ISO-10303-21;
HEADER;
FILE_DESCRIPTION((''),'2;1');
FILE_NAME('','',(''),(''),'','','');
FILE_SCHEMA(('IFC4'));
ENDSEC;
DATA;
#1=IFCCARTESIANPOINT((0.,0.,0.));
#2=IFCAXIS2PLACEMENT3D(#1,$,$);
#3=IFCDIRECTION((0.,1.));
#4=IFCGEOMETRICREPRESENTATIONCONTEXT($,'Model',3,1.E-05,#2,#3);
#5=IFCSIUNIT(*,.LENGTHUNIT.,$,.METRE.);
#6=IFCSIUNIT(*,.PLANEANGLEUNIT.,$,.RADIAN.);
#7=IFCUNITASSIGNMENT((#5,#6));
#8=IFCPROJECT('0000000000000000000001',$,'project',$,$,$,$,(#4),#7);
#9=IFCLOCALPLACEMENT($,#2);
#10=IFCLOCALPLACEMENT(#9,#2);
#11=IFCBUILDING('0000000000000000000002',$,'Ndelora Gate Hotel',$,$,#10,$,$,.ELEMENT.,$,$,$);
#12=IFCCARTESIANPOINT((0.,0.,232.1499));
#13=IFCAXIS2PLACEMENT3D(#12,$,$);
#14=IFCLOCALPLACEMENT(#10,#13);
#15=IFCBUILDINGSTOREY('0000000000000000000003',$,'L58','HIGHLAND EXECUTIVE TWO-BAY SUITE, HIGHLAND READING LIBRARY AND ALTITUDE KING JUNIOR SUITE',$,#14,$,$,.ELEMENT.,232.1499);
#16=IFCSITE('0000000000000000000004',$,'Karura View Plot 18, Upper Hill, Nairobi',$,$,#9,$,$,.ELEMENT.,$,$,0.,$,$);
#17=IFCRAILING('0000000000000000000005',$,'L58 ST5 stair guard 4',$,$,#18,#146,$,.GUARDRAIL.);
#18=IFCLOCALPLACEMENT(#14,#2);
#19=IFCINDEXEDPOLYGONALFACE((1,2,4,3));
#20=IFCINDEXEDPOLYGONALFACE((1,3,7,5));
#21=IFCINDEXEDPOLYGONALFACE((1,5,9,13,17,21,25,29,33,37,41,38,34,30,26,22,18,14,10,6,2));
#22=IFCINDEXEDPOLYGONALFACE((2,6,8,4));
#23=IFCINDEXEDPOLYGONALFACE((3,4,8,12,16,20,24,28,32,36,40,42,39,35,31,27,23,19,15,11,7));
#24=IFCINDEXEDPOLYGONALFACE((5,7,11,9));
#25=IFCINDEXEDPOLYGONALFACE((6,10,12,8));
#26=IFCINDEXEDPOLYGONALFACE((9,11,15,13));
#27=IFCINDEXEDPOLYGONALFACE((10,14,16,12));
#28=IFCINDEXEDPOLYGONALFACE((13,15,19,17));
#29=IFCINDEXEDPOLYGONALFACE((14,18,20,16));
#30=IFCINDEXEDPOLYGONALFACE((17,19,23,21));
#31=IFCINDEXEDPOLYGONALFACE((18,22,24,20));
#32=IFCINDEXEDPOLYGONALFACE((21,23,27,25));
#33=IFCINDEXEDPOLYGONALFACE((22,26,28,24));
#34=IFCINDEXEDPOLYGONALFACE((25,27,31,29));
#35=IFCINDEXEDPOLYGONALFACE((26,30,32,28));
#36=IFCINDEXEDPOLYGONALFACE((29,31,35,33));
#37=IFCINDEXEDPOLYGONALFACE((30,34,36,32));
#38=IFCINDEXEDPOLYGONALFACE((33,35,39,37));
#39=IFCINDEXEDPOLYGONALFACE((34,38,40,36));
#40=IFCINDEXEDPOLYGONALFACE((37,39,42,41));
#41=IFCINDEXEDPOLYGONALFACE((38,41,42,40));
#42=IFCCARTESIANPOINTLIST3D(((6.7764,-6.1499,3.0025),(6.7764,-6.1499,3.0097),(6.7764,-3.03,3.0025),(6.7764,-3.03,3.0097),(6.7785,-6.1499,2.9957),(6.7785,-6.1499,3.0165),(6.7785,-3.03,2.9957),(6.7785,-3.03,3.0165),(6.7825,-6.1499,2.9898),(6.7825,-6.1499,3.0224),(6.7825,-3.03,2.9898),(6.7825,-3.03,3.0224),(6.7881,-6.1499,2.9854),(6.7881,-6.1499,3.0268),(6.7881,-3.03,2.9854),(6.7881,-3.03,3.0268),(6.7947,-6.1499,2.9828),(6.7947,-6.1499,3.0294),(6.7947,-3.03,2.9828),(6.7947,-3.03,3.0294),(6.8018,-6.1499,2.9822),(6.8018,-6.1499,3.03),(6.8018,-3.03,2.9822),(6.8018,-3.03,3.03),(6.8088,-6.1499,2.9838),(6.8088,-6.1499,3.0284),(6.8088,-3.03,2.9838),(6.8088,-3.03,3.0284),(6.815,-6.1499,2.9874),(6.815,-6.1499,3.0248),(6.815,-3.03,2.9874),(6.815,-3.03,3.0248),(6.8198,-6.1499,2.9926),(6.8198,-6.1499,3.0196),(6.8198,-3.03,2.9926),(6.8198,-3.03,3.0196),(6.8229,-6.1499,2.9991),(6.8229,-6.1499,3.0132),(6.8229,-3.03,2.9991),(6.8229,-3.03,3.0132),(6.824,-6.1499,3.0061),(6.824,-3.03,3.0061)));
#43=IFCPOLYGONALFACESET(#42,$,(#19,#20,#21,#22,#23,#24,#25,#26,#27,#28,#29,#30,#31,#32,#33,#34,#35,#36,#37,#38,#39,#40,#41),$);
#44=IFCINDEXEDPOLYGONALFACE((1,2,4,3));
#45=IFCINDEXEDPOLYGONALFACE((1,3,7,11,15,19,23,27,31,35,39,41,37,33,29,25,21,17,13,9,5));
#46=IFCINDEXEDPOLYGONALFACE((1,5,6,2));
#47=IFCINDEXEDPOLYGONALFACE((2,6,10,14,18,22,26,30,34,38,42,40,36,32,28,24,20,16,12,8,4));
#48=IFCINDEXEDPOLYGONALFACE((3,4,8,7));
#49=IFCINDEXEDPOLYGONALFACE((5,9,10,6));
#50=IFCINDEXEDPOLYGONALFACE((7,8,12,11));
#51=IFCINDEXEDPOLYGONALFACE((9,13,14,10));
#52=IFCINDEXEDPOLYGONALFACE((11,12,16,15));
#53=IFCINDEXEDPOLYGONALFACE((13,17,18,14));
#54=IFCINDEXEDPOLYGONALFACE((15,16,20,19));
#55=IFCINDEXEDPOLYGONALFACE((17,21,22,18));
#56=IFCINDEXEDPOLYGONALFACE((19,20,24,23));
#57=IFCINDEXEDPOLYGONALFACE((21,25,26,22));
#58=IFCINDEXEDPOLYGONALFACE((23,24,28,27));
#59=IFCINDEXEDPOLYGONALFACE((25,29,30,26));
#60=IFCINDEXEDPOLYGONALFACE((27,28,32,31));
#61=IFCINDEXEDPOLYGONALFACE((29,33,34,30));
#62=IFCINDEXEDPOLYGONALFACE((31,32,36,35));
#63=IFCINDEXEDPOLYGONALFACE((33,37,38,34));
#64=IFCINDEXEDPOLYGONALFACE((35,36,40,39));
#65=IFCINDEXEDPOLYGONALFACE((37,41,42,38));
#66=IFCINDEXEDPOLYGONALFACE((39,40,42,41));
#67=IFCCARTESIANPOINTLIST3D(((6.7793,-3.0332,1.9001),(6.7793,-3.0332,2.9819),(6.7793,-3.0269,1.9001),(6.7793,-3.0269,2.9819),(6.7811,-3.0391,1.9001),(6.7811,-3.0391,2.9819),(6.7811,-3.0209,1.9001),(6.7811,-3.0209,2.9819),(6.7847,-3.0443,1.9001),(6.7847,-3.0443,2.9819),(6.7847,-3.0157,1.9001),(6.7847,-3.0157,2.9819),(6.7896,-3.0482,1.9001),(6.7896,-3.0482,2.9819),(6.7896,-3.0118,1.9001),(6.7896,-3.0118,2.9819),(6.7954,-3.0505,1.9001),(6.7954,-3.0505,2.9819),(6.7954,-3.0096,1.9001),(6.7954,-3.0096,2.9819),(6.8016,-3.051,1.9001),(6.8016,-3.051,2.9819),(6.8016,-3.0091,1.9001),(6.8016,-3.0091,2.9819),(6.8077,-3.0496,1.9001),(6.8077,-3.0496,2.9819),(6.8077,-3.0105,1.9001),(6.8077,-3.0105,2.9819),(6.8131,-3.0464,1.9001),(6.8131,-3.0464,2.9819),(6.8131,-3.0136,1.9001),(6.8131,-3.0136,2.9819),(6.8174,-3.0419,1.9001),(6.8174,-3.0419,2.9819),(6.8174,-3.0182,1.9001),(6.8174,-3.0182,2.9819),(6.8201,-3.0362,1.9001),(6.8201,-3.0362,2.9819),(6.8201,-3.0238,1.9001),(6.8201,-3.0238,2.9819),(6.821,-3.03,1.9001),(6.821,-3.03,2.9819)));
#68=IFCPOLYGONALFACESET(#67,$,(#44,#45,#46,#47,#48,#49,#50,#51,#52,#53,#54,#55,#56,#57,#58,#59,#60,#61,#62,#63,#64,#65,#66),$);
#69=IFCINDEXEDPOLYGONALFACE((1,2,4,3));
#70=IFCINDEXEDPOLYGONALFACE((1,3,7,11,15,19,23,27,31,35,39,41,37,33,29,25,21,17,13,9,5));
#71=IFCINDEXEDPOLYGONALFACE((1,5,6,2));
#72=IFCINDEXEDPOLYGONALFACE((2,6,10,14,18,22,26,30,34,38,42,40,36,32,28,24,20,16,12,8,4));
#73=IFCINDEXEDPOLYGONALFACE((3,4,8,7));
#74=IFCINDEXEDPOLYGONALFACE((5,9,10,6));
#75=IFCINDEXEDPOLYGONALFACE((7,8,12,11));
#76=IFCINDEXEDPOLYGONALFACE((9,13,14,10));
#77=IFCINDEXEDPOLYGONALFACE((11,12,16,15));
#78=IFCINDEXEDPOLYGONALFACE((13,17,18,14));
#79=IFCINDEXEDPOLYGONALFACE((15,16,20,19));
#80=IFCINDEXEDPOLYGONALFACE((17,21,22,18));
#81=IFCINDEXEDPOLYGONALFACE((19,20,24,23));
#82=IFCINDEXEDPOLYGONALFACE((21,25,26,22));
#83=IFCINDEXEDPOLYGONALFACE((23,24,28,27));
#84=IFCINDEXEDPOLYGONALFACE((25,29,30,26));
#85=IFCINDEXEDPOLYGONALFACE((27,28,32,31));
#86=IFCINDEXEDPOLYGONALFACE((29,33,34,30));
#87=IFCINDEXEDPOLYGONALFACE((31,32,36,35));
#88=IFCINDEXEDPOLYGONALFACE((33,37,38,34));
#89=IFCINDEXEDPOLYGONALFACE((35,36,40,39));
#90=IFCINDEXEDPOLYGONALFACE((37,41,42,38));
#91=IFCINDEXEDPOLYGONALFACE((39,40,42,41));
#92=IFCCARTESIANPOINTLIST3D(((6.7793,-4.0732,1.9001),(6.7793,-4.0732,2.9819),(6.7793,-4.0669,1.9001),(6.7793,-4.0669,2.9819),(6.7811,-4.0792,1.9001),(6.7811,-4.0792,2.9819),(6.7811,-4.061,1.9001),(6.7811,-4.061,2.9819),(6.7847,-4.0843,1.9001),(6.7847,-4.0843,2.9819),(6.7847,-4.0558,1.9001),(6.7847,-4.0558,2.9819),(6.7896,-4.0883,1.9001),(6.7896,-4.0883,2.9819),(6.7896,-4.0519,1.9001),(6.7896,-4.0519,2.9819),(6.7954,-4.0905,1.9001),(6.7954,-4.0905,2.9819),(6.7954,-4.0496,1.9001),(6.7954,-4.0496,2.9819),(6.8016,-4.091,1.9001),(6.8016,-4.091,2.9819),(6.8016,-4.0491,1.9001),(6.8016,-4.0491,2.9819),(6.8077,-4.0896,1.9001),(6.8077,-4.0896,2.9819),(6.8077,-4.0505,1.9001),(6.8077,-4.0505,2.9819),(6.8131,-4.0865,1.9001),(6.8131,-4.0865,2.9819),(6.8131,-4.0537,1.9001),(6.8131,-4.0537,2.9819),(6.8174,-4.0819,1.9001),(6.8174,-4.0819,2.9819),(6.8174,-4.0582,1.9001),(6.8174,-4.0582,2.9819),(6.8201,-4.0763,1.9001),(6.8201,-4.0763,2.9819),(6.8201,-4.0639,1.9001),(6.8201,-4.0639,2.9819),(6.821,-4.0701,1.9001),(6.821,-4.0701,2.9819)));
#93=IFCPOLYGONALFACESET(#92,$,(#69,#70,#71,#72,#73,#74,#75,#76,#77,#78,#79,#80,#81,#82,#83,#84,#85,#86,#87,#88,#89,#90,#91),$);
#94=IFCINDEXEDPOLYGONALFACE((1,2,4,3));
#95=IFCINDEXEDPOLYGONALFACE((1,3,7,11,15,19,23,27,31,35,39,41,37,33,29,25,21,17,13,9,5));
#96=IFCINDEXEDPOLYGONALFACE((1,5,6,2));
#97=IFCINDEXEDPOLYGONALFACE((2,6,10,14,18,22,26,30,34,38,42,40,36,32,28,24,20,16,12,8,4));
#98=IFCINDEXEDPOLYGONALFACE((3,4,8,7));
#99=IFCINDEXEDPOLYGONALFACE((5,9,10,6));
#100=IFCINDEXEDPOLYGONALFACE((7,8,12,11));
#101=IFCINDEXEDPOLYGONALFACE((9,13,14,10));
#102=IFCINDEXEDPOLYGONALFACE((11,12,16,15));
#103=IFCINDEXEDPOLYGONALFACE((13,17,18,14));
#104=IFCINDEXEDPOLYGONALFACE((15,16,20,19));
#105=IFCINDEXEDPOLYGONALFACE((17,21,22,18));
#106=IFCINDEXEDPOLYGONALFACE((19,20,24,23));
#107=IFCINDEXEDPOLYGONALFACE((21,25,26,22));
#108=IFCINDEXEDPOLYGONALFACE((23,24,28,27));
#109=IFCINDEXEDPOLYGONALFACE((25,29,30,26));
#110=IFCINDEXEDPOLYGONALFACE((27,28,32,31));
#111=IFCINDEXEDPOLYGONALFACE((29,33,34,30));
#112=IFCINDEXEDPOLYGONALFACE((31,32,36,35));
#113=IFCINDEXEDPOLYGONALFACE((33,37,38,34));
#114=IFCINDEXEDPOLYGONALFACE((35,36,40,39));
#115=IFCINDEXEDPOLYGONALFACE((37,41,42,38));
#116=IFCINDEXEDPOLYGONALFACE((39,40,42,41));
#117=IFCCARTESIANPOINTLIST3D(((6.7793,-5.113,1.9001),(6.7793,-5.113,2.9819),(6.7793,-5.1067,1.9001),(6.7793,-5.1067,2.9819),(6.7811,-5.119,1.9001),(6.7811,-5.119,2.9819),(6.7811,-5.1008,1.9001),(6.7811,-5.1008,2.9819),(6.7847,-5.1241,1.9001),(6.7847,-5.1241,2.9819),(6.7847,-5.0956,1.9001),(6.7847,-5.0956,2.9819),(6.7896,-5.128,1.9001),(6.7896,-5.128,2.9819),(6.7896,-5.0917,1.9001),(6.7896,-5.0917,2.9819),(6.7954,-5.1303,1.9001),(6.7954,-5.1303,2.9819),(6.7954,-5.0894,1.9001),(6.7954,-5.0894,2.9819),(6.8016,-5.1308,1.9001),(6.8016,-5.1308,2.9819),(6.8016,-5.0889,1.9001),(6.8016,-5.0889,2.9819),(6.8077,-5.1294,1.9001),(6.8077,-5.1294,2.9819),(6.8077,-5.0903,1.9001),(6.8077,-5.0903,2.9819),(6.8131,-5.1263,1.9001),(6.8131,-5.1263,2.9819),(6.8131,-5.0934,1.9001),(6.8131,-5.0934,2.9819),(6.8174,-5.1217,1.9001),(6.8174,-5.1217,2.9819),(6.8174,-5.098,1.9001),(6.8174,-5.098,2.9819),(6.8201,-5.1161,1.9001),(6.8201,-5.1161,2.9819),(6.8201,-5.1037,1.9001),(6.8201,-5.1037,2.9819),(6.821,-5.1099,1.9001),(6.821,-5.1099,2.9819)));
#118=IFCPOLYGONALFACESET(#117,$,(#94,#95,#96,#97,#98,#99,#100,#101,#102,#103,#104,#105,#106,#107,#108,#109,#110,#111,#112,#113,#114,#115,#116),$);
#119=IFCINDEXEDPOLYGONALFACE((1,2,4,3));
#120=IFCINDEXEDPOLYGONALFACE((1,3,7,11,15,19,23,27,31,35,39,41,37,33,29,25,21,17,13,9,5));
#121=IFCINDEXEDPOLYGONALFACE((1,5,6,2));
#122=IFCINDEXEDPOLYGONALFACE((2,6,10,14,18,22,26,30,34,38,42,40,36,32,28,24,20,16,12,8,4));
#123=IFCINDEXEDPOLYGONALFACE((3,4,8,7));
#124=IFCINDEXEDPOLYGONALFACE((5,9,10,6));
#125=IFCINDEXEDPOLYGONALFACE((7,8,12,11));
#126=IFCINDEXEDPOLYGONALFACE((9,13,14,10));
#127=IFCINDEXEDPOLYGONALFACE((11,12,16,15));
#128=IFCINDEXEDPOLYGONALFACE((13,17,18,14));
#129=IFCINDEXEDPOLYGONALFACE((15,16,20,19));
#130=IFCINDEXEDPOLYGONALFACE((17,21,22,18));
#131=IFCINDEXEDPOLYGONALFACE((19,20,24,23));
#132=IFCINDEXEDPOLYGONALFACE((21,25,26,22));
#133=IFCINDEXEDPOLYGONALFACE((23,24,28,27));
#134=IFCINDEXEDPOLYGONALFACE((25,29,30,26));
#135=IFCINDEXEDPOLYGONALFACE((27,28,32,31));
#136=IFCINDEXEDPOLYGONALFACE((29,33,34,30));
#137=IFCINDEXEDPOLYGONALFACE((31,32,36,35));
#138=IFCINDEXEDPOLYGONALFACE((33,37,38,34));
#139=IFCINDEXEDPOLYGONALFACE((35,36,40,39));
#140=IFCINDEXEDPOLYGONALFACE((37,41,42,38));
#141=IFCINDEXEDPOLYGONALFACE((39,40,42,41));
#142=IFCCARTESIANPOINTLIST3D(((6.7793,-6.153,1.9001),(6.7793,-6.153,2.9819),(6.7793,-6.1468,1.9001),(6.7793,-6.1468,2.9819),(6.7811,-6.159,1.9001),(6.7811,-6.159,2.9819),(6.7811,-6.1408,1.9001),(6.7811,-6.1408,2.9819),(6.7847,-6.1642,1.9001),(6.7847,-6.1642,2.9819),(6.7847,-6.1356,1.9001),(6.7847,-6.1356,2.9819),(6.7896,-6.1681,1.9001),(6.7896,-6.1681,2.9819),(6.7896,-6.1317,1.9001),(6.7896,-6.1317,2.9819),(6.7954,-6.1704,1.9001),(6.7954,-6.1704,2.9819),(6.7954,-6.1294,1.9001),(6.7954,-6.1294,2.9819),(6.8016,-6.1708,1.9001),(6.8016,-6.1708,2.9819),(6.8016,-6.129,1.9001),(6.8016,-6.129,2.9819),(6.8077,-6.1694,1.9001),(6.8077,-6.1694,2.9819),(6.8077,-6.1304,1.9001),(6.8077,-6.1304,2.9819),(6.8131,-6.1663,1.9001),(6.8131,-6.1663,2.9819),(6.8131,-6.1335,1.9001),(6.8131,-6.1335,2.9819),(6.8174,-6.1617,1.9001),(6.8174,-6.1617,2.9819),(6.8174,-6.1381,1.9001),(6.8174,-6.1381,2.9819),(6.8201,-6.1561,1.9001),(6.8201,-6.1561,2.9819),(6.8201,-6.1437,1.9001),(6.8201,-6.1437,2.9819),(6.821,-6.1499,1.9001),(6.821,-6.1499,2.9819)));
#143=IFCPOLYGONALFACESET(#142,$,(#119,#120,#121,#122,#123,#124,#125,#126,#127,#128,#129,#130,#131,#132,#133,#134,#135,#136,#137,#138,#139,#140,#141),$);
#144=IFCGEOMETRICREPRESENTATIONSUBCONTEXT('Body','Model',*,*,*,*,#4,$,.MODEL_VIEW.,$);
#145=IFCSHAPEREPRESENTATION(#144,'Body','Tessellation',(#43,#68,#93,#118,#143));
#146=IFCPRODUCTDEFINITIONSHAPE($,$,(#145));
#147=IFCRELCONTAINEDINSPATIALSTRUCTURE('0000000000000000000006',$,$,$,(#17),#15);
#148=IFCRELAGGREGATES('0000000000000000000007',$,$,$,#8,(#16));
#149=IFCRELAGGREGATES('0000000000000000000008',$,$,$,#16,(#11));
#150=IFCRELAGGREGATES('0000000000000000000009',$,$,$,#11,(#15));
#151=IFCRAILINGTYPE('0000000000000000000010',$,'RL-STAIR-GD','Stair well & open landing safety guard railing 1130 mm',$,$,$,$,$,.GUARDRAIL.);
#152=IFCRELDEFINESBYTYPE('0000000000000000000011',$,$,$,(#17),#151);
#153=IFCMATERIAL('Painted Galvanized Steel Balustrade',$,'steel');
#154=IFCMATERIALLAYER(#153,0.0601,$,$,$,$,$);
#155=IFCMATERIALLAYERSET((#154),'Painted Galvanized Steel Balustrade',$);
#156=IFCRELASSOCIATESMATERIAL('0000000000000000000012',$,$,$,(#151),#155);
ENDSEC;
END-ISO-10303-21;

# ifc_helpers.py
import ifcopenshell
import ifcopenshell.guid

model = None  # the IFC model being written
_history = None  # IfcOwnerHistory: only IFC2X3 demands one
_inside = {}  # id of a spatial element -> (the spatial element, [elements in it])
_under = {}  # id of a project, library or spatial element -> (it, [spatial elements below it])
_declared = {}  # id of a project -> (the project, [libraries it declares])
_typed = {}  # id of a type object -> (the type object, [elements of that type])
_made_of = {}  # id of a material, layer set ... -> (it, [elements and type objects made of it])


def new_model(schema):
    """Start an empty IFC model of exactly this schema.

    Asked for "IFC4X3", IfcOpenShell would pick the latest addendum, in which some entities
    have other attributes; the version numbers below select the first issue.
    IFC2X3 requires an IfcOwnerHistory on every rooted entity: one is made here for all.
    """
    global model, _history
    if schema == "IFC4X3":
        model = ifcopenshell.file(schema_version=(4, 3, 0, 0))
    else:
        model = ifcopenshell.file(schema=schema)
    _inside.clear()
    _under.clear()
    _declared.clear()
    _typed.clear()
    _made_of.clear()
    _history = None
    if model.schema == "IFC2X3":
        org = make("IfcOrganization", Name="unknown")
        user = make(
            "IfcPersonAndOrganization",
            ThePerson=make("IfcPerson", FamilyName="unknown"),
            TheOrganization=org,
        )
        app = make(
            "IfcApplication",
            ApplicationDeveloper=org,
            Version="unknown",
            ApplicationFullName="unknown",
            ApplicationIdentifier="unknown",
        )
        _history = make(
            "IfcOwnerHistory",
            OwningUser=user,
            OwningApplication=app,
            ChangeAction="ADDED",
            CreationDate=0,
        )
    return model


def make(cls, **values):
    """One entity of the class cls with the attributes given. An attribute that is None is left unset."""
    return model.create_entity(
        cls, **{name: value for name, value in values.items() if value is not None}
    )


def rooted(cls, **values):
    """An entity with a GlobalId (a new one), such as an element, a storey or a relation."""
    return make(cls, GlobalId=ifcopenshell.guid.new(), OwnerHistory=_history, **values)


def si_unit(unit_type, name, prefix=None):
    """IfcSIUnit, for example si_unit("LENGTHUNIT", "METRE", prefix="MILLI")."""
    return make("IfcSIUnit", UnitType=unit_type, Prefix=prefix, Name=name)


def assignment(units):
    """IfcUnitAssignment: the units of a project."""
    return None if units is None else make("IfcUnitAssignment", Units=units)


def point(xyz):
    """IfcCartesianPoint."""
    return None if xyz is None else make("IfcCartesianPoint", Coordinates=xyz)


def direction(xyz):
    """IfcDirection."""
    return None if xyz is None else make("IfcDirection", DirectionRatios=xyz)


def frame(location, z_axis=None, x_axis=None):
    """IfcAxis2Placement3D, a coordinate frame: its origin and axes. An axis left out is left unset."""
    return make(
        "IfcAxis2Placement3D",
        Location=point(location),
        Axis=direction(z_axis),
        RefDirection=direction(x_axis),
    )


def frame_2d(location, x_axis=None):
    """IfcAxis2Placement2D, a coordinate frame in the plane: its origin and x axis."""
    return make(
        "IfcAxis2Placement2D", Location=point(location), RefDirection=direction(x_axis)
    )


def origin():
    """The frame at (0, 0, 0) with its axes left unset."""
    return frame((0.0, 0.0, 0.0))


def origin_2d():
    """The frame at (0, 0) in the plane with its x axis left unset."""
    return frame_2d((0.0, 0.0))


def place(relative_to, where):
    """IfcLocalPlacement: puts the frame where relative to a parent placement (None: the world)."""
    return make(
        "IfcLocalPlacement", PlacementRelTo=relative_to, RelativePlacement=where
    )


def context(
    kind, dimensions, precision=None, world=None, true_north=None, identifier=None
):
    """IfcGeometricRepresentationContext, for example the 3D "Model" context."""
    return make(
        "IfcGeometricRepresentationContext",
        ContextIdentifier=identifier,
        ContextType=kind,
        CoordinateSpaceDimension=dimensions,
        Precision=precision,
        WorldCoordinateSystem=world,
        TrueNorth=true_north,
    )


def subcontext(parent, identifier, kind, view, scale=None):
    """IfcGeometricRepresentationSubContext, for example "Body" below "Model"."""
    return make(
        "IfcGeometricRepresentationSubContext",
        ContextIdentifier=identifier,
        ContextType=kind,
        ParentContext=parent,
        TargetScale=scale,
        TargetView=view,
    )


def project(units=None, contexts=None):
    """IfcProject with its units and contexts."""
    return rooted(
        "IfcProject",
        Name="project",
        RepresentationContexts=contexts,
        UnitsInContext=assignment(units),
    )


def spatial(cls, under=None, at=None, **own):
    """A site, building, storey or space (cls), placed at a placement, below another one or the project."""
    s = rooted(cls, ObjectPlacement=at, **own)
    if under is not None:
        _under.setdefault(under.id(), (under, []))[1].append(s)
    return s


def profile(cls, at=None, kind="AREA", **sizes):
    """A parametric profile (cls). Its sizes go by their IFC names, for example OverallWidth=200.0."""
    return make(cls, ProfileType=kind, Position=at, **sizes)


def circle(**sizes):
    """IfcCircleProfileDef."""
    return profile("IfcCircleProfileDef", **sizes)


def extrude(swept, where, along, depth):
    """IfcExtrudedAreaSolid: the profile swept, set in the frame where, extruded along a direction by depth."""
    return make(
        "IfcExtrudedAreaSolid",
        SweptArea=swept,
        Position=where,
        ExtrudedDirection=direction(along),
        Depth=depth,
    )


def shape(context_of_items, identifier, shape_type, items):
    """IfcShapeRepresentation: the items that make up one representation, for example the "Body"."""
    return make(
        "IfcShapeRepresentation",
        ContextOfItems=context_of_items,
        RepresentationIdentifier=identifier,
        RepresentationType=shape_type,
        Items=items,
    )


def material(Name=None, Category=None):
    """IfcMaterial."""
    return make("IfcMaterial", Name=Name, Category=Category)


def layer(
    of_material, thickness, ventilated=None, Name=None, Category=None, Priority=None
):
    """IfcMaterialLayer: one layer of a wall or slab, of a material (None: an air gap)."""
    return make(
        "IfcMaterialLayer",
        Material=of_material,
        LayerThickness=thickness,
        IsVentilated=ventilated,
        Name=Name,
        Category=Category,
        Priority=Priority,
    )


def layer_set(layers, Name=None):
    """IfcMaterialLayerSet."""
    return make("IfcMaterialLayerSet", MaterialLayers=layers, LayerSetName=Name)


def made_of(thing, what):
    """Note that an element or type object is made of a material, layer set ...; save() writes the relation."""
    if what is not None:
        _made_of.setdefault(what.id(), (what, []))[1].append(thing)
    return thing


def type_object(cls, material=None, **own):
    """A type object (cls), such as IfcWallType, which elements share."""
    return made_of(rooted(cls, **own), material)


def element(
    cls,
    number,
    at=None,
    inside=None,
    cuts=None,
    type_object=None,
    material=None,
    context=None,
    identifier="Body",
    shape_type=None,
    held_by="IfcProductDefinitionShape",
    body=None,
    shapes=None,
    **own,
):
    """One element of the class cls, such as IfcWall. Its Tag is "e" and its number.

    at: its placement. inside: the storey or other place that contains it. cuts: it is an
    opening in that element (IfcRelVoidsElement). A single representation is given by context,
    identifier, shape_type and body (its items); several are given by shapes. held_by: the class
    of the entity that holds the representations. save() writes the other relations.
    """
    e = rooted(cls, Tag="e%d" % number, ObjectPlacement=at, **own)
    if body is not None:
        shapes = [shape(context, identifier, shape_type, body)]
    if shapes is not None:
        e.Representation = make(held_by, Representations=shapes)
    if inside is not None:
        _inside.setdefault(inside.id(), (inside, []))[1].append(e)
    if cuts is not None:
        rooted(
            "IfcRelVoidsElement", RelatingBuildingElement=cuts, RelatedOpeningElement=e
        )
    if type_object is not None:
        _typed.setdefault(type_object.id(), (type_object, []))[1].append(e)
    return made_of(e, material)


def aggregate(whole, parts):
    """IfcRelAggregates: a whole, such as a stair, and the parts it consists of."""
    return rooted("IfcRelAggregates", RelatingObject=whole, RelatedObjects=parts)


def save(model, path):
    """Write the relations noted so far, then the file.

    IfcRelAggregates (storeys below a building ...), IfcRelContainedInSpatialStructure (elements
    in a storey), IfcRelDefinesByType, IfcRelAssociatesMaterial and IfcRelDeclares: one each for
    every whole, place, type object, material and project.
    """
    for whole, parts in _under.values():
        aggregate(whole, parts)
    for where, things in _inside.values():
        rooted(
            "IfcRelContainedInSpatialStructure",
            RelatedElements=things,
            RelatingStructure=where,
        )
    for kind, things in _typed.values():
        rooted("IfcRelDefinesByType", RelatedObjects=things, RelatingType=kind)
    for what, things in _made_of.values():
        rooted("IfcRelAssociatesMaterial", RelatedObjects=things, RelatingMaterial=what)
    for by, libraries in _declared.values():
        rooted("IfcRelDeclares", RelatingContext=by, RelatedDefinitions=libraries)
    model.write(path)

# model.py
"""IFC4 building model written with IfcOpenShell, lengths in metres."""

from ifc_helpers import new_model, si_unit, direction, frame, origin, origin_2d, place, context, subcontext, project, spatial, circle, extrude, material, layer, layer_set, type_object, element, save


model = new_model("IFC4")

# Units and contexts
model_context = context("Model", 3, precision=1e-05, world=origin(), true_north=direction((0.0, 1.0)))
body_context = subcontext(model_context, "Body", "Model", "MODEL_VIEW")
ifc_project = project(units=[si_unit("LENGTHUNIT", "METRE"), si_unit("PLANEANGLEUNIT", "RADIAN")], contexts=[model_context])

# Site, building, storey
site_placement = place(None, origin())
site = spatial("IfcSite", under=ifc_project, at=site_placement, Name="Karura View Plot 18, Upper Hill, Nairobi", CompositionType="ELEMENT", RefElevation=0.0)
building_placement = place(site_placement, origin())
building = spatial("IfcBuilding", under=site, at=building_placement, Name="Ndelora Gate Hotel", CompositionType="ELEMENT")
storey_placement = place(building_placement, frame((0.0, 0.0, 232.1499)))
storey = spatial("IfcBuildingStorey", under=building, at=storey_placement, Name="L58", Description="HIGHLAND EXECUTIVE TWO-BAY SUITE, HIGHLAND READING LIBRARY AND ALTITUDE KING JUNIOR SUITE", CompositionType="ELEMENT", Elevation=232.1499)

# Railing
ifc_material_1 = material(Name="Painted Galvanized Steel Balustrade", Category="steel")
ifc_layer_1 = layer(ifc_material_1, 0.0601)
ifc_layer_set_1 = layer_set([ifc_layer_1], Name="Painted Galvanized Steel Balustrade")
railing_type_1 = type_object("IfcRailingType", Name="RL-STAIR-GD", Description="Stair well & open landing safety guard railing 1130 mm", PredefinedType="GUARDRAIL", material=ifc_layer_set_1)
for number, where, name in (
    (1, (6.8, -3.03, 1.9001), "L58 ST5 stair guard 4"),
):
    element("IfcRailing", number, at=place(storey_placement, frame(where)), inside=storey, type_object=railing_type_1, Name=name, PredefinedType="GUARDRAIL", context=body_context, shape_type="SweptSolid", body=[
        extrude(circle(Radius=0.0239, at=origin_2d()), frame((0.0, 0.0, 1.106), z_axis=(0.0, -1.0, 0.0), x_axis=(1.0, 0.0, 0.0)), (0.0, 0.0, 1.0), 3.1199),
        extrude(circle(Radius=0.021, at=origin_2d()), origin(), (0.0, 0.0, 1.0), 1.0818),
        extrude(circle(Radius=0.021, at=origin_2d()), frame((0.0, -1.04, 0.0)), (0.0, 0.0, 1.0), 1.0818),
        extrude(circle(Radius=0.021, at=origin_2d()), frame((0.0, -2.0798, 0.0)), (0.0, 0.0, 1.0), 1.0818),
        extrude(circle(Radius=0.021, at=origin_2d()), frame((0.0, -3.1199, 0.0)), (0.0, 0.0, 1.0), 1.0818),
    ])

save(model, "model.ifc")
